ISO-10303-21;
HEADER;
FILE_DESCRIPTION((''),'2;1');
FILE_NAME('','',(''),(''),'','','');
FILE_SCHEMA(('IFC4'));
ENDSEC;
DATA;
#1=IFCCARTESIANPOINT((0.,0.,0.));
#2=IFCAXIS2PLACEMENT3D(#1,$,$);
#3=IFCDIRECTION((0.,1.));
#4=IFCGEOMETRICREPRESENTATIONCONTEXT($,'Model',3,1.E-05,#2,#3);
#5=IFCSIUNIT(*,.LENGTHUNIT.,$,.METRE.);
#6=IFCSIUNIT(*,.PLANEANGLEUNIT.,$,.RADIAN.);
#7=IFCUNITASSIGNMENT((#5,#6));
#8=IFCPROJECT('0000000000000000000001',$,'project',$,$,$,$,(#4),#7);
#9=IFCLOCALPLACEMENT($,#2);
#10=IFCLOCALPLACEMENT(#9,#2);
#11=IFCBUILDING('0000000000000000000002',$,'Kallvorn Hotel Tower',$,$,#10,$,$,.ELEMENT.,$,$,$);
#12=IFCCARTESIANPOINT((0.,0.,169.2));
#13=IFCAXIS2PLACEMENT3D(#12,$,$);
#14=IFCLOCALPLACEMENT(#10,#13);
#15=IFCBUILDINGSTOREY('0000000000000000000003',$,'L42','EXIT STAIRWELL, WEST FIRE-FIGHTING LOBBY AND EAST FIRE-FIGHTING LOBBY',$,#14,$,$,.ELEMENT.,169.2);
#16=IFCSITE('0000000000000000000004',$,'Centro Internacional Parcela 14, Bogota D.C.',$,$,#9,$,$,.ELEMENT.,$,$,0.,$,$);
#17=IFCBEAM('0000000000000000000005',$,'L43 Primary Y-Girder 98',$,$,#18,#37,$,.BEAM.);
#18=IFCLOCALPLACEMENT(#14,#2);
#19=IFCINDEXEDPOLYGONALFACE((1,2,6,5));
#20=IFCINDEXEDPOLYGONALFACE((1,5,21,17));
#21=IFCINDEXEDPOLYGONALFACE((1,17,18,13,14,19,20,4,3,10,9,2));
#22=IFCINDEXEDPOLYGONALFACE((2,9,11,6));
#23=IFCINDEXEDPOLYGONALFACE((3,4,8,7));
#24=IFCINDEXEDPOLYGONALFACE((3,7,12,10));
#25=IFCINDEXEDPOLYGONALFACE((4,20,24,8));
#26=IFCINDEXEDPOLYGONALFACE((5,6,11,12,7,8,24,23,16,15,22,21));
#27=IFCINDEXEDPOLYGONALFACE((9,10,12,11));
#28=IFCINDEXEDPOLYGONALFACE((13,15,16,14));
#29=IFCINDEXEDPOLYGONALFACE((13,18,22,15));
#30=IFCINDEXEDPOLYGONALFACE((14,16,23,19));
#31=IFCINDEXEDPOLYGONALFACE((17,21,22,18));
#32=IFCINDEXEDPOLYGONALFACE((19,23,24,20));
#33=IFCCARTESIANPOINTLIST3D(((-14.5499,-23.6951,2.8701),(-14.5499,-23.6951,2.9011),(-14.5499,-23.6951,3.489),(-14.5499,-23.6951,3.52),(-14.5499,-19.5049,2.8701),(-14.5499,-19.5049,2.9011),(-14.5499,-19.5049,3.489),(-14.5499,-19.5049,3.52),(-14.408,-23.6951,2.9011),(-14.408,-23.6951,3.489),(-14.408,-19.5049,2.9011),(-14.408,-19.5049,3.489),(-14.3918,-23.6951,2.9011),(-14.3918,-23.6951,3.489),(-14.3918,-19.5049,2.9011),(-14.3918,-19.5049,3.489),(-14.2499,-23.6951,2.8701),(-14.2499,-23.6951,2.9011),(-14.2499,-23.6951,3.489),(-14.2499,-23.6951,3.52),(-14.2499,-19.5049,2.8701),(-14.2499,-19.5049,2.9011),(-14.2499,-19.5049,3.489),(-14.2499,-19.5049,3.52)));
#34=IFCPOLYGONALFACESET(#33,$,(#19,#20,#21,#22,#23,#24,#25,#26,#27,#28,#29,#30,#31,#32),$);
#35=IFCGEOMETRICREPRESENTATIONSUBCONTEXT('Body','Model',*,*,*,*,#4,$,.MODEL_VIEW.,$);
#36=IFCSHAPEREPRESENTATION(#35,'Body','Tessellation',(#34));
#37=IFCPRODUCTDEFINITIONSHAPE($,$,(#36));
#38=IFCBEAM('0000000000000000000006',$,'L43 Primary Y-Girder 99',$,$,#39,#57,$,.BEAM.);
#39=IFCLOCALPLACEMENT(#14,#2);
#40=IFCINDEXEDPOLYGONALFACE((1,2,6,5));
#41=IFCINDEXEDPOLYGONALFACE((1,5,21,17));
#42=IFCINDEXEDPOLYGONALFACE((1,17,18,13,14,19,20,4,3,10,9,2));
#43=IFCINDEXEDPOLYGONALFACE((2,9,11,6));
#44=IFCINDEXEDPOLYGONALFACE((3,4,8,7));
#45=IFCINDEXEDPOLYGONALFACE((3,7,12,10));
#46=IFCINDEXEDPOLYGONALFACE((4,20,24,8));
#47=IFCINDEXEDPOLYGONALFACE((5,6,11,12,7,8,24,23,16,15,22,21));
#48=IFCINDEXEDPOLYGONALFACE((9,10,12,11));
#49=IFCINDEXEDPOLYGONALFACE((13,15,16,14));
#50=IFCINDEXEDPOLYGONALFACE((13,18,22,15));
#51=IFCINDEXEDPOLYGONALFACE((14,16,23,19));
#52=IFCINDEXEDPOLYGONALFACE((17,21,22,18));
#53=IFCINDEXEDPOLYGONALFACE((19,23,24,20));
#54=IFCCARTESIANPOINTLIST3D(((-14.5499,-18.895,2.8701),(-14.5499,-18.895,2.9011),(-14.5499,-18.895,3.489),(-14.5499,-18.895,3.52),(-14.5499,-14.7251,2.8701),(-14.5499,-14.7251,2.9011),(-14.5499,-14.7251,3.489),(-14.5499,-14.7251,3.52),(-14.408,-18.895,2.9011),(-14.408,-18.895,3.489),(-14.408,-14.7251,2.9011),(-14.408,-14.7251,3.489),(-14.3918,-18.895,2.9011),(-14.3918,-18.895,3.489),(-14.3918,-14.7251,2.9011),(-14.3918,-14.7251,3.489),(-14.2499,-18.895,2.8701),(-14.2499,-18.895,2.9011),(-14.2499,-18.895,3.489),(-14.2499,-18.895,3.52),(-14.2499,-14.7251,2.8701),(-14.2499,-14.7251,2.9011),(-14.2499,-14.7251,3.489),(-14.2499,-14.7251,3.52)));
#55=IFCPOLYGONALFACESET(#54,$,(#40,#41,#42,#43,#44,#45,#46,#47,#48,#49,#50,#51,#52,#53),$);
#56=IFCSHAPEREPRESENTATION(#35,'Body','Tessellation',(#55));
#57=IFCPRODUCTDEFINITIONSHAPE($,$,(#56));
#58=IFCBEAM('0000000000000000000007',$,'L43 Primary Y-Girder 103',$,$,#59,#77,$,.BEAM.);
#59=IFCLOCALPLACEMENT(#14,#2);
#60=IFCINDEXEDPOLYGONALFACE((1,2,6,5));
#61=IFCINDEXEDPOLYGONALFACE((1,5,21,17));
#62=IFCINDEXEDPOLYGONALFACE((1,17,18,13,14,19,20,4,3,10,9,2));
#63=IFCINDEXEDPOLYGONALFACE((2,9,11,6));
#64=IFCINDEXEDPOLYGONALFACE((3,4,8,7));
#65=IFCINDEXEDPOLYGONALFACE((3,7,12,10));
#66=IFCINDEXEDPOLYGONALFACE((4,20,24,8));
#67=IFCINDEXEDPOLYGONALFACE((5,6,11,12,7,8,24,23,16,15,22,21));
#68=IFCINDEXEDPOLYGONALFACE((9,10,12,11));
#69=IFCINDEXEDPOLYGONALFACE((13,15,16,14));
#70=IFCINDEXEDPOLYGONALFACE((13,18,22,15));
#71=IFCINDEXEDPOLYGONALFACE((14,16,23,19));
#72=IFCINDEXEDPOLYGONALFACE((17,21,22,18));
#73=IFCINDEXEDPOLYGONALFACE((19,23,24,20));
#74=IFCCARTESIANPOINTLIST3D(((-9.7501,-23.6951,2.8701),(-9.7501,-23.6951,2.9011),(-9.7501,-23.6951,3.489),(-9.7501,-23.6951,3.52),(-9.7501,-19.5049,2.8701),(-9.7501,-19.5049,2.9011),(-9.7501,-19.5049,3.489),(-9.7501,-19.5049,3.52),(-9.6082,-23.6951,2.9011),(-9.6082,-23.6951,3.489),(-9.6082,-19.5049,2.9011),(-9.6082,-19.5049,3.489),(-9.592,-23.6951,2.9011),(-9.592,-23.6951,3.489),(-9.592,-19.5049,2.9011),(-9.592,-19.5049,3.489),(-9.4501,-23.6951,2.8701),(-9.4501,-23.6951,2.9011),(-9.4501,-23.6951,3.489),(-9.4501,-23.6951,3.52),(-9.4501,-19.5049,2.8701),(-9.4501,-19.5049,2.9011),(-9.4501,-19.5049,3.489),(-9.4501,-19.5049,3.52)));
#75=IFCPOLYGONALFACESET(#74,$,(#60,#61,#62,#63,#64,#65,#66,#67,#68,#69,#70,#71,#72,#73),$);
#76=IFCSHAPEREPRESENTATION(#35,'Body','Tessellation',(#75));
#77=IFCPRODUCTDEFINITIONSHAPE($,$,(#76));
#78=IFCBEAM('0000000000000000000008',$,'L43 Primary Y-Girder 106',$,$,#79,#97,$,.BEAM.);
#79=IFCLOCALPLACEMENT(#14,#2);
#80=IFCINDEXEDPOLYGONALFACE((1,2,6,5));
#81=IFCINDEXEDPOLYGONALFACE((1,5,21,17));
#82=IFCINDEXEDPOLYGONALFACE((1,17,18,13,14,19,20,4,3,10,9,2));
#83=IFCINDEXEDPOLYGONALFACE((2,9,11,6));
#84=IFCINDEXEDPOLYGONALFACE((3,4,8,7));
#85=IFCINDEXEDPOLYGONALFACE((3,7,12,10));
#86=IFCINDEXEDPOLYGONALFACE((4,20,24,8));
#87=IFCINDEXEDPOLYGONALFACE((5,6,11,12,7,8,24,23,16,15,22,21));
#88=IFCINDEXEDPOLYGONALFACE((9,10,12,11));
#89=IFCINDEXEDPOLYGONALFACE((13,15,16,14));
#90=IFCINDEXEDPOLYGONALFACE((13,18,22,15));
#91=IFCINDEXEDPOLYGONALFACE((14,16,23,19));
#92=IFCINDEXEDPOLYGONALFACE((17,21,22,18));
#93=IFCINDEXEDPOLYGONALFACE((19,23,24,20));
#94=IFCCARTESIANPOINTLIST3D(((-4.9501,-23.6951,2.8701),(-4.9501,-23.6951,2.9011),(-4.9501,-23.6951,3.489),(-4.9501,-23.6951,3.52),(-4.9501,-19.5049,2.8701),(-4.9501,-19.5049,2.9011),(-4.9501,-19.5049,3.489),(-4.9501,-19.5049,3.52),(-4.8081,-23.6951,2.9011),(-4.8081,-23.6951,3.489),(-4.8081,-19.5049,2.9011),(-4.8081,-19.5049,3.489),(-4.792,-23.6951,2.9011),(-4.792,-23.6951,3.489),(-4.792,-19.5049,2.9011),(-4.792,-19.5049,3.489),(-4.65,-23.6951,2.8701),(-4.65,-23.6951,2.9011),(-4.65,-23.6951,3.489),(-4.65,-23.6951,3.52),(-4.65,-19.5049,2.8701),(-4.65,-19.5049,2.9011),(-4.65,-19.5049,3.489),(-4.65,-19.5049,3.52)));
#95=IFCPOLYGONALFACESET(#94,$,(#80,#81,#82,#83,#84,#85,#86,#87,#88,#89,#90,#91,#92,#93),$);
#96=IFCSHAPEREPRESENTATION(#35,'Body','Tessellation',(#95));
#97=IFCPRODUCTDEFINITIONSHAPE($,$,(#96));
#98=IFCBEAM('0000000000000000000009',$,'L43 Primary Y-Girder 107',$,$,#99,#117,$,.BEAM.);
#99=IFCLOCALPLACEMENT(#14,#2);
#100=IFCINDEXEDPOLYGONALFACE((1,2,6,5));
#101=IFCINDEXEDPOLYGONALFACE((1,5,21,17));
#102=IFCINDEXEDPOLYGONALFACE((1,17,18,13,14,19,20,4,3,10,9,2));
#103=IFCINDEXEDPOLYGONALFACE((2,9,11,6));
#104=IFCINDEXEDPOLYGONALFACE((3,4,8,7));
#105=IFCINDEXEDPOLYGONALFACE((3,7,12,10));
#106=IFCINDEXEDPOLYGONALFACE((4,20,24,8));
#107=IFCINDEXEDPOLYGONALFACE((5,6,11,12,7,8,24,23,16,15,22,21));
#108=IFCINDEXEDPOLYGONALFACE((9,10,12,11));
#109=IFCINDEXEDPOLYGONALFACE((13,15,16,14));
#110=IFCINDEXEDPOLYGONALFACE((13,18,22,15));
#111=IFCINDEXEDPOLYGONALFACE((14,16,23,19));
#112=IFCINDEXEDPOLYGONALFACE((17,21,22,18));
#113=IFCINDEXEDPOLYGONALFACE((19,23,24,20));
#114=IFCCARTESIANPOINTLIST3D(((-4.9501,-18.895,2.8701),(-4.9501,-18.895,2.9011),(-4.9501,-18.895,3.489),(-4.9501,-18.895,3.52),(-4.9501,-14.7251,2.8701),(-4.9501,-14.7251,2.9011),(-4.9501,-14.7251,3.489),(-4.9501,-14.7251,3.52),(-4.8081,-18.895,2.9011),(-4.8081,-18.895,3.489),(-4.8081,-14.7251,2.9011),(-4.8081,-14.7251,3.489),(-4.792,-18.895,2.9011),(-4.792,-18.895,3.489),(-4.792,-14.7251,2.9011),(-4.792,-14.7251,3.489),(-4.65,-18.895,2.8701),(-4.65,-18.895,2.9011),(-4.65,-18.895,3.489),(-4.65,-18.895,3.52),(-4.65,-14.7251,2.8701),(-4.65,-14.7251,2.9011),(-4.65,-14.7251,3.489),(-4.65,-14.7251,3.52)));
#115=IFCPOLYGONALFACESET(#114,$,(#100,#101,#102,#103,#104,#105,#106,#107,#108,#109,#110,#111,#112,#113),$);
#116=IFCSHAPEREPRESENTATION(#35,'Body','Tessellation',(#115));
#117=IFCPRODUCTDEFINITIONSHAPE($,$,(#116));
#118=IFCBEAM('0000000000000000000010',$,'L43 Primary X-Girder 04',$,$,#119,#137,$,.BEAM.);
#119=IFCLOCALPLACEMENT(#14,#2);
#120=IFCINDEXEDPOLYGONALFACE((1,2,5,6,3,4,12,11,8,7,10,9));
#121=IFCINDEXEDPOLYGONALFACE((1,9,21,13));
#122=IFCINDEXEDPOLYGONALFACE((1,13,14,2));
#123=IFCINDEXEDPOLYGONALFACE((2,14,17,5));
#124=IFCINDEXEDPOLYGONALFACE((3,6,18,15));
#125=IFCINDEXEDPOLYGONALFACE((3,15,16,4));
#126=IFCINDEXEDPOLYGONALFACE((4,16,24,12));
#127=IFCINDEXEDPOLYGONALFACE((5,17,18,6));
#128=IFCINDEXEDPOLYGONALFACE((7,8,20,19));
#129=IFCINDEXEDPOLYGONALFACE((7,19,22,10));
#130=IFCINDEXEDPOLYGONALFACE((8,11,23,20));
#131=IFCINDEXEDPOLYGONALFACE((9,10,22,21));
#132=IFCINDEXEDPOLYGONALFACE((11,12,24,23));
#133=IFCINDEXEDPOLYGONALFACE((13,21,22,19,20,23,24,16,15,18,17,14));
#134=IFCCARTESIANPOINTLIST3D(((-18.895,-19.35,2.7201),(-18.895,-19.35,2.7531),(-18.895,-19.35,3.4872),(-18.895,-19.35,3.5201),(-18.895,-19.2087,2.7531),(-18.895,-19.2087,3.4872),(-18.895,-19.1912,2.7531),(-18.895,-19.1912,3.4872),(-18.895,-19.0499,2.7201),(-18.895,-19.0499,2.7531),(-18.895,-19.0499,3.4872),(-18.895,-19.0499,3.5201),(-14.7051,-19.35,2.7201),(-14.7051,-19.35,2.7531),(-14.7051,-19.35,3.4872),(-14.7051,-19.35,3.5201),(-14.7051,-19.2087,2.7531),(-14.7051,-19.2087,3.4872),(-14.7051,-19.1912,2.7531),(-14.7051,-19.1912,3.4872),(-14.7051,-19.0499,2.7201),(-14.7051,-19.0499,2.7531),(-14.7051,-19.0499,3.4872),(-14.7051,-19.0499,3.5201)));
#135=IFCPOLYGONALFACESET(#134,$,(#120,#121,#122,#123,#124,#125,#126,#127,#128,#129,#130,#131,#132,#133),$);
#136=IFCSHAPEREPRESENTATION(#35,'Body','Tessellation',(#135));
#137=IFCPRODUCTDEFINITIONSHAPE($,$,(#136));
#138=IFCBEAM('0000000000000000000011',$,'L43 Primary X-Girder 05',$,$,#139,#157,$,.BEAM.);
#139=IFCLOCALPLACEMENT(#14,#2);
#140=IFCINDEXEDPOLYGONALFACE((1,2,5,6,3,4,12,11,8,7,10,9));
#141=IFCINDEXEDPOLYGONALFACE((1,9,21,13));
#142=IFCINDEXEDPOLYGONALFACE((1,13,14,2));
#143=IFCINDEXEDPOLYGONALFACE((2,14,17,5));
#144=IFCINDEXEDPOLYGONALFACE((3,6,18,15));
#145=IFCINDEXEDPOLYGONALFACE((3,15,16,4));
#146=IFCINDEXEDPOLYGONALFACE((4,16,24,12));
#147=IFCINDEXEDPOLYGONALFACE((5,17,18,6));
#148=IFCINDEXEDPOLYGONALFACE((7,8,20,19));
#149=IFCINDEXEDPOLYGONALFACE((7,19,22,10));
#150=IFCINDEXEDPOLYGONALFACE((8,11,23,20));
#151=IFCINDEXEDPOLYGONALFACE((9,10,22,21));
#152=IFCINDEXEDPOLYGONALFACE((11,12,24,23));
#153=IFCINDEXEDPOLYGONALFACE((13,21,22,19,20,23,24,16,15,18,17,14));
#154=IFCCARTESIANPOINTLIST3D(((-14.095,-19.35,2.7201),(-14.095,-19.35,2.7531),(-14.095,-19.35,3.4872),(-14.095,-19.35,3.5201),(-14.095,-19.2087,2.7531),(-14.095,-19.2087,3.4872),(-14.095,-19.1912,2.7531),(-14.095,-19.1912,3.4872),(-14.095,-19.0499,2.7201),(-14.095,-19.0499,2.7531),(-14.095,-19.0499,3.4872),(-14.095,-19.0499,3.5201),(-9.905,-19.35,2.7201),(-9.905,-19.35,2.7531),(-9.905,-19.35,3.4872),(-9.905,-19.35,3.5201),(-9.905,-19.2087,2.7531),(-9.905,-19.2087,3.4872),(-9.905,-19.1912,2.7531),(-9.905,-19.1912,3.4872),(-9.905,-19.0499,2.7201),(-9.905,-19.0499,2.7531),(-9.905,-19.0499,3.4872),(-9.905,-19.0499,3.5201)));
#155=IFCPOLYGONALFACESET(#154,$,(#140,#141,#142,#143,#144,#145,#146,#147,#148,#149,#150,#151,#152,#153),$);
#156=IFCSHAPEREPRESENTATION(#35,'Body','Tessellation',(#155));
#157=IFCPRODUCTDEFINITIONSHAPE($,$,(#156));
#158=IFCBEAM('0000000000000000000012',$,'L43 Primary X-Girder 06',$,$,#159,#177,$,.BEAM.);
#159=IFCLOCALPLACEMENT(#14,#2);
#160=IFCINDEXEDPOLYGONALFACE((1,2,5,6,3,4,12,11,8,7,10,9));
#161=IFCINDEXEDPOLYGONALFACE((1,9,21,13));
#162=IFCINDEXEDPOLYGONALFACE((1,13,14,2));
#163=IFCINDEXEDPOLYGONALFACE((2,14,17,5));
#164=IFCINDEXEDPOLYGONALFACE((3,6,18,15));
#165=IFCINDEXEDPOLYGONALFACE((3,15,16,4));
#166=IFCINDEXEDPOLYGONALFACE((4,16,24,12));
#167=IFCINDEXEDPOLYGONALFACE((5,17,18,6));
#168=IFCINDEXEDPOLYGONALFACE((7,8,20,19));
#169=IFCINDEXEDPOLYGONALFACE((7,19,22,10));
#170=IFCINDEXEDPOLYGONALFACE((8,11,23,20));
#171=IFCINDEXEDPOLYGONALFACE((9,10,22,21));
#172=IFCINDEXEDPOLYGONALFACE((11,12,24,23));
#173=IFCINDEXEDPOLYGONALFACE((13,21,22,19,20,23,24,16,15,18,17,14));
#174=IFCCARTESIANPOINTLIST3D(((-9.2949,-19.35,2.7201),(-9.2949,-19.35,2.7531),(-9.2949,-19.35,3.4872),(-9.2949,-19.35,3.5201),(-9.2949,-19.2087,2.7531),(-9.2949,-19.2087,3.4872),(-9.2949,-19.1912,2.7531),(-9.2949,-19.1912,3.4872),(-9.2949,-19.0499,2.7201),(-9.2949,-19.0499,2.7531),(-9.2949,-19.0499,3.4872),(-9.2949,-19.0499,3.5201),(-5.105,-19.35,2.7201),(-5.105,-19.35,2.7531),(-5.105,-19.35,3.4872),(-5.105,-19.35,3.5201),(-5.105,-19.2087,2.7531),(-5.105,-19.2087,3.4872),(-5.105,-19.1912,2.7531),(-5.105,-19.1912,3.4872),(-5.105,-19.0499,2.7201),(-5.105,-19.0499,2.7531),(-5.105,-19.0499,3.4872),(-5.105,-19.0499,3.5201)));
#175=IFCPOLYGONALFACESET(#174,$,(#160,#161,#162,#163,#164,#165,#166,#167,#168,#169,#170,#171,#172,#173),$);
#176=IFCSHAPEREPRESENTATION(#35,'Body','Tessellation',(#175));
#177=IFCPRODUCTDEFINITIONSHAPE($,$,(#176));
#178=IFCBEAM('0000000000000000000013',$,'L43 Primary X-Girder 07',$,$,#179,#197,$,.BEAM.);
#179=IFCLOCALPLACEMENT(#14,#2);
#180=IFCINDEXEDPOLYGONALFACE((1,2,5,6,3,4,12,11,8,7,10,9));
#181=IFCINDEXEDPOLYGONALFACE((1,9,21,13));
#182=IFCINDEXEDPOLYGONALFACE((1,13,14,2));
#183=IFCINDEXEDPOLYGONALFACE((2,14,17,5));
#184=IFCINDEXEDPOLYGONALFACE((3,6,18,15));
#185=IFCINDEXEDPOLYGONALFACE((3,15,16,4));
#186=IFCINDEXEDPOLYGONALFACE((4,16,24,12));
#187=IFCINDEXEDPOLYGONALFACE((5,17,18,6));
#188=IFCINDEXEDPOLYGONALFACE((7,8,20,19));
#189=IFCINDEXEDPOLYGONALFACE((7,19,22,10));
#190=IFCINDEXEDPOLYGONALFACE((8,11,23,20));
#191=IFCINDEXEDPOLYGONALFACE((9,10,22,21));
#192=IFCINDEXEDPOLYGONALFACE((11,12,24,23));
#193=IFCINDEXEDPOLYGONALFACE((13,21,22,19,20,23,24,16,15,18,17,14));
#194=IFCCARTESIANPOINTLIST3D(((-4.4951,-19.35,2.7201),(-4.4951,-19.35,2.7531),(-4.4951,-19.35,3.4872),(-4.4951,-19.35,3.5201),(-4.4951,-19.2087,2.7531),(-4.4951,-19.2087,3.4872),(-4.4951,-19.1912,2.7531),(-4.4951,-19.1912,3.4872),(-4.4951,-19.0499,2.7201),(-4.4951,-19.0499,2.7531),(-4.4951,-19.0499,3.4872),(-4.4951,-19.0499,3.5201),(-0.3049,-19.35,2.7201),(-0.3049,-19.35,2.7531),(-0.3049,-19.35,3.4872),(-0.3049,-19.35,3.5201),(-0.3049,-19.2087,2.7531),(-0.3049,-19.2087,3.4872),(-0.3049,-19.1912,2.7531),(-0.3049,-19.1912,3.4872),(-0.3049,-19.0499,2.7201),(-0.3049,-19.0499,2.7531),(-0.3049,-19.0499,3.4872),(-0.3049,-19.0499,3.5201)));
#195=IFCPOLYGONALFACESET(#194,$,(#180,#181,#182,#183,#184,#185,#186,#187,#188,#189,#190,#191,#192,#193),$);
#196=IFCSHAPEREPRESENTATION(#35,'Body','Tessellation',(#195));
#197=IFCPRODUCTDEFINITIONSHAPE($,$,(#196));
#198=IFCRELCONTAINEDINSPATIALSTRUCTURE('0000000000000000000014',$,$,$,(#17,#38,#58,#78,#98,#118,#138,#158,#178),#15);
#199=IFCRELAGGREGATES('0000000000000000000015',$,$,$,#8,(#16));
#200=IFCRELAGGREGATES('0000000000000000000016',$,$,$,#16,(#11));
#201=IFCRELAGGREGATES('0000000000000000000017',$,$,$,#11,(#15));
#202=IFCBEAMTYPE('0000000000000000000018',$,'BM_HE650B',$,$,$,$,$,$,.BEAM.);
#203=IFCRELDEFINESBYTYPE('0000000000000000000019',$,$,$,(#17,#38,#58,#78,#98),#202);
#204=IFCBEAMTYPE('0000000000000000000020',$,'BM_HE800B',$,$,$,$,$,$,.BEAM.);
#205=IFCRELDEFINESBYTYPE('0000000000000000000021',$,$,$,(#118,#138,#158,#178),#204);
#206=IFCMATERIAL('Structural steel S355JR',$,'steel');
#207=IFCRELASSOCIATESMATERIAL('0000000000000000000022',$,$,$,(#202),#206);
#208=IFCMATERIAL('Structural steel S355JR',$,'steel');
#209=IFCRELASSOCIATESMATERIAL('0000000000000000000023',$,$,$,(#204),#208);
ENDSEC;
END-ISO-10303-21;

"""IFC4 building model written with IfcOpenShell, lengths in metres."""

from ifc_helpers import new_model, si_unit, direction, frame, origin, origin_2d, place, context, subcontext, project, spatial, i_section, extrude, material, material_profile, profile_set, type_object, element, save


model = new_model("IFC4")

# Units and contexts
model_context = context("Model", 3, precision=1e-05, world=origin(), true_north=direction((0.0, 1.0)))
body_context = subcontext(model_context, "Body", "Model", "MODEL_VIEW")
ifc_project = project(units=[si_unit("LENGTHUNIT", "METRE"), si_unit("PLANEANGLEUNIT", "RADIAN")], contexts=[model_context])

# Site, building, storey
site_placement = place(None, origin())
site = spatial("IfcSite", under=ifc_project, at=site_placement, Name="Centro Internacional Parcela 14, Bogota D.C.", CompositionType="ELEMENT", RefElevation=0.0)
building_placement = place(site_placement, origin())
building = spatial("IfcBuilding", under=site, at=building_placement, Name="Kallvorn Hotel Tower", CompositionType="ELEMENT")
storey_placement = place(building_placement, frame((0.0, 0.0, 169.2)))
storey = spatial("IfcBuildingStorey", under=building, at=storey_placement, Name="L42", Description="EXIT STAIRWELL, WEST FIRE-FIGHTING LOBBY AND EAST FIRE-FIGHTING LOBBY", CompositionType="ELEMENT", Elevation=169.2)

# Beams
ifc_material_1 = material(Name="Structural steel S355JR", Category="steel")
ifc_material_profile_1 = material_profile(ifc_material_1, i_section(OverallWidth=0.3, OverallDepth=0.6499, WebThickness=0.0161, FlangeThickness=0.031, at=origin_2d()), Name="HE 650 B")
ifc_profile_set_1 = profile_set([ifc_material_profile_1], Name="Structural steel S355JR")
beam_type_1 = type_object("IfcBeamType", Name="BM_HE650B", PredefinedType="BEAM", material=ifc_profile_set_1)
beam_1_placement = place(storey_placement, frame((-14.3999, -23.6951, 3.1951), z_axis=(0.0, 1.0, 0.0), x_axis=(-1.0, 0.0, 0.0)))
element("IfcBeam", 1, at=beam_1_placement, inside=storey, type_object=beam_type_1, Name="L43 Primary Y-Girder 98", PredefinedType="BEAM", context=body_context, shape_type="SweptSolid", body=[
    extrude(i_section(OverallWidth=0.3, OverallDepth=0.6499, WebThickness=0.0161, FlangeThickness=0.031, at=origin_2d()), origin(), (0.0, 0.0, 1.0), 4.1902),
])
beam_2_placement = place(storey_placement, frame((-14.3999, -18.895, 3.1951), z_axis=(0.0, 1.0, 0.0), x_axis=(-1.0, 0.0, 0.0)))
element("IfcBeam", 2, at=beam_2_placement, inside=storey, type_object=beam_type_1, Name="L43 Primary Y-Girder 99", PredefinedType="BEAM", context=body_context, shape_type="SweptSolid", body=[
    extrude(i_section(OverallWidth=0.3, OverallDepth=0.6499, WebThickness=0.0161, FlangeThickness=0.031, at=origin_2d()), origin(), (0.0, 0.0, 1.0), 4.1699),
])
for number, where, z_axis, x_axis, name in (
    (3, (-9.6001, -23.6951, 3.1951), (0.0, 1.0, 0.0), (-1.0, 0.0, 0.0), "L43 Primary Y-Girder 103"),
    (4, (-4.8, -23.6951, 3.1951), (0.0, 1.0, 0.0), (-1.0, 0.0, 0.0), "L43 Primary Y-Girder 106"),
):
    element("IfcBeam", number, at=place(storey_placement, frame(where, z_axis=z_axis, x_axis=x_axis)), inside=storey, type_object=beam_type_1, Name=name, PredefinedType="BEAM", context=body_context, shape_type="SweptSolid", body=[
        extrude(i_section(OverallWidth=0.3, OverallDepth=0.6499, WebThickness=0.0161, FlangeThickness=0.031, at=origin_2d()), origin(), (0.0, 0.0, 1.0), 4.1902),
    ])
beam_3_placement = place(storey_placement, frame((-4.8, -18.895, 3.1951), z_axis=(0.0, 1.0, 0.0), x_axis=(-1.0, 0.0, 0.0)))
element("IfcBeam", 5, at=beam_3_placement, inside=storey, type_object=beam_type_1, Name="L43 Primary Y-Girder 107", PredefinedType="BEAM", context=body_context, shape_type="SweptSolid", body=[
    extrude(i_section(OverallWidth=0.3, OverallDepth=0.6499, WebThickness=0.0161, FlangeThickness=0.031, at=origin_2d()), origin(), (0.0, 0.0, 1.0), 4.1699),
])
ifc_material_2 = material(Name="Structural steel S355JR", Category="steel")
ifc_material_profile_2 = material_profile(ifc_material_2, i_section(OverallWidth=0.3, OverallDepth=0.8, WebThickness=0.0176, FlangeThickness=0.033, at=origin_2d()), Name="HE 800 B")
ifc_profile_set_2 = profile_set([ifc_material_profile_2], Name="Structural steel S355JR")
beam_type_2 = type_object("IfcBeamType", Name="BM_HE800B", PredefinedType="BEAM", material=ifc_profile_set_2)
for number, where, z_axis, x_axis, name in (
    (6, (-18.895, -19.2, 3.1201), (1.0, 0.0, 0.0), (0.0, 1.0, 0.0), "L43 Primary X-Girder 04"),
    (7, (-14.095, -19.2, 3.1201), (1.0, 0.0, 0.0), (0.0, 1.0, 0.0), "L43 Primary X-Girder 05"),
    (8, (-9.2949, -19.2, 3.1201), (1.0, 0.0, 0.0), (0.0, 1.0, 0.0), "L43 Primary X-Girder 06"),
):
    element("IfcBeam", number, at=place(storey_placement, frame(where, z_axis=z_axis, x_axis=x_axis)), inside=storey, type_object=beam_type_2, Name=name, PredefinedType="BEAM", context=body_context, shape_type="SweptSolid", body=[
        extrude(i_section(OverallWidth=0.3, OverallDepth=0.8, WebThickness=0.0176, FlangeThickness=0.033, at=origin_2d()), origin(), (0.0, 0.0, 1.0), 4.1899),
    ])
beam_4_placement = place(storey_placement, frame((-4.4951, -19.2, 3.1201), z_axis=(1.0, 0.0, 0.0), x_axis=(0.0, 1.0, 0.0)))
element("IfcBeam", 9, at=beam_4_placement, inside=storey, type_object=beam_type_2, Name="L43 Primary X-Girder 07", PredefinedType="BEAM", context=body_context, shape_type="SweptSolid", body=[
    extrude(i_section(OverallWidth=0.3, OverallDepth=0.8, WebThickness=0.0176, FlangeThickness=0.033, at=origin_2d()), origin(), (0.0, 0.0, 1.0), 4.1902),
])

save(model, "model.ifc")
